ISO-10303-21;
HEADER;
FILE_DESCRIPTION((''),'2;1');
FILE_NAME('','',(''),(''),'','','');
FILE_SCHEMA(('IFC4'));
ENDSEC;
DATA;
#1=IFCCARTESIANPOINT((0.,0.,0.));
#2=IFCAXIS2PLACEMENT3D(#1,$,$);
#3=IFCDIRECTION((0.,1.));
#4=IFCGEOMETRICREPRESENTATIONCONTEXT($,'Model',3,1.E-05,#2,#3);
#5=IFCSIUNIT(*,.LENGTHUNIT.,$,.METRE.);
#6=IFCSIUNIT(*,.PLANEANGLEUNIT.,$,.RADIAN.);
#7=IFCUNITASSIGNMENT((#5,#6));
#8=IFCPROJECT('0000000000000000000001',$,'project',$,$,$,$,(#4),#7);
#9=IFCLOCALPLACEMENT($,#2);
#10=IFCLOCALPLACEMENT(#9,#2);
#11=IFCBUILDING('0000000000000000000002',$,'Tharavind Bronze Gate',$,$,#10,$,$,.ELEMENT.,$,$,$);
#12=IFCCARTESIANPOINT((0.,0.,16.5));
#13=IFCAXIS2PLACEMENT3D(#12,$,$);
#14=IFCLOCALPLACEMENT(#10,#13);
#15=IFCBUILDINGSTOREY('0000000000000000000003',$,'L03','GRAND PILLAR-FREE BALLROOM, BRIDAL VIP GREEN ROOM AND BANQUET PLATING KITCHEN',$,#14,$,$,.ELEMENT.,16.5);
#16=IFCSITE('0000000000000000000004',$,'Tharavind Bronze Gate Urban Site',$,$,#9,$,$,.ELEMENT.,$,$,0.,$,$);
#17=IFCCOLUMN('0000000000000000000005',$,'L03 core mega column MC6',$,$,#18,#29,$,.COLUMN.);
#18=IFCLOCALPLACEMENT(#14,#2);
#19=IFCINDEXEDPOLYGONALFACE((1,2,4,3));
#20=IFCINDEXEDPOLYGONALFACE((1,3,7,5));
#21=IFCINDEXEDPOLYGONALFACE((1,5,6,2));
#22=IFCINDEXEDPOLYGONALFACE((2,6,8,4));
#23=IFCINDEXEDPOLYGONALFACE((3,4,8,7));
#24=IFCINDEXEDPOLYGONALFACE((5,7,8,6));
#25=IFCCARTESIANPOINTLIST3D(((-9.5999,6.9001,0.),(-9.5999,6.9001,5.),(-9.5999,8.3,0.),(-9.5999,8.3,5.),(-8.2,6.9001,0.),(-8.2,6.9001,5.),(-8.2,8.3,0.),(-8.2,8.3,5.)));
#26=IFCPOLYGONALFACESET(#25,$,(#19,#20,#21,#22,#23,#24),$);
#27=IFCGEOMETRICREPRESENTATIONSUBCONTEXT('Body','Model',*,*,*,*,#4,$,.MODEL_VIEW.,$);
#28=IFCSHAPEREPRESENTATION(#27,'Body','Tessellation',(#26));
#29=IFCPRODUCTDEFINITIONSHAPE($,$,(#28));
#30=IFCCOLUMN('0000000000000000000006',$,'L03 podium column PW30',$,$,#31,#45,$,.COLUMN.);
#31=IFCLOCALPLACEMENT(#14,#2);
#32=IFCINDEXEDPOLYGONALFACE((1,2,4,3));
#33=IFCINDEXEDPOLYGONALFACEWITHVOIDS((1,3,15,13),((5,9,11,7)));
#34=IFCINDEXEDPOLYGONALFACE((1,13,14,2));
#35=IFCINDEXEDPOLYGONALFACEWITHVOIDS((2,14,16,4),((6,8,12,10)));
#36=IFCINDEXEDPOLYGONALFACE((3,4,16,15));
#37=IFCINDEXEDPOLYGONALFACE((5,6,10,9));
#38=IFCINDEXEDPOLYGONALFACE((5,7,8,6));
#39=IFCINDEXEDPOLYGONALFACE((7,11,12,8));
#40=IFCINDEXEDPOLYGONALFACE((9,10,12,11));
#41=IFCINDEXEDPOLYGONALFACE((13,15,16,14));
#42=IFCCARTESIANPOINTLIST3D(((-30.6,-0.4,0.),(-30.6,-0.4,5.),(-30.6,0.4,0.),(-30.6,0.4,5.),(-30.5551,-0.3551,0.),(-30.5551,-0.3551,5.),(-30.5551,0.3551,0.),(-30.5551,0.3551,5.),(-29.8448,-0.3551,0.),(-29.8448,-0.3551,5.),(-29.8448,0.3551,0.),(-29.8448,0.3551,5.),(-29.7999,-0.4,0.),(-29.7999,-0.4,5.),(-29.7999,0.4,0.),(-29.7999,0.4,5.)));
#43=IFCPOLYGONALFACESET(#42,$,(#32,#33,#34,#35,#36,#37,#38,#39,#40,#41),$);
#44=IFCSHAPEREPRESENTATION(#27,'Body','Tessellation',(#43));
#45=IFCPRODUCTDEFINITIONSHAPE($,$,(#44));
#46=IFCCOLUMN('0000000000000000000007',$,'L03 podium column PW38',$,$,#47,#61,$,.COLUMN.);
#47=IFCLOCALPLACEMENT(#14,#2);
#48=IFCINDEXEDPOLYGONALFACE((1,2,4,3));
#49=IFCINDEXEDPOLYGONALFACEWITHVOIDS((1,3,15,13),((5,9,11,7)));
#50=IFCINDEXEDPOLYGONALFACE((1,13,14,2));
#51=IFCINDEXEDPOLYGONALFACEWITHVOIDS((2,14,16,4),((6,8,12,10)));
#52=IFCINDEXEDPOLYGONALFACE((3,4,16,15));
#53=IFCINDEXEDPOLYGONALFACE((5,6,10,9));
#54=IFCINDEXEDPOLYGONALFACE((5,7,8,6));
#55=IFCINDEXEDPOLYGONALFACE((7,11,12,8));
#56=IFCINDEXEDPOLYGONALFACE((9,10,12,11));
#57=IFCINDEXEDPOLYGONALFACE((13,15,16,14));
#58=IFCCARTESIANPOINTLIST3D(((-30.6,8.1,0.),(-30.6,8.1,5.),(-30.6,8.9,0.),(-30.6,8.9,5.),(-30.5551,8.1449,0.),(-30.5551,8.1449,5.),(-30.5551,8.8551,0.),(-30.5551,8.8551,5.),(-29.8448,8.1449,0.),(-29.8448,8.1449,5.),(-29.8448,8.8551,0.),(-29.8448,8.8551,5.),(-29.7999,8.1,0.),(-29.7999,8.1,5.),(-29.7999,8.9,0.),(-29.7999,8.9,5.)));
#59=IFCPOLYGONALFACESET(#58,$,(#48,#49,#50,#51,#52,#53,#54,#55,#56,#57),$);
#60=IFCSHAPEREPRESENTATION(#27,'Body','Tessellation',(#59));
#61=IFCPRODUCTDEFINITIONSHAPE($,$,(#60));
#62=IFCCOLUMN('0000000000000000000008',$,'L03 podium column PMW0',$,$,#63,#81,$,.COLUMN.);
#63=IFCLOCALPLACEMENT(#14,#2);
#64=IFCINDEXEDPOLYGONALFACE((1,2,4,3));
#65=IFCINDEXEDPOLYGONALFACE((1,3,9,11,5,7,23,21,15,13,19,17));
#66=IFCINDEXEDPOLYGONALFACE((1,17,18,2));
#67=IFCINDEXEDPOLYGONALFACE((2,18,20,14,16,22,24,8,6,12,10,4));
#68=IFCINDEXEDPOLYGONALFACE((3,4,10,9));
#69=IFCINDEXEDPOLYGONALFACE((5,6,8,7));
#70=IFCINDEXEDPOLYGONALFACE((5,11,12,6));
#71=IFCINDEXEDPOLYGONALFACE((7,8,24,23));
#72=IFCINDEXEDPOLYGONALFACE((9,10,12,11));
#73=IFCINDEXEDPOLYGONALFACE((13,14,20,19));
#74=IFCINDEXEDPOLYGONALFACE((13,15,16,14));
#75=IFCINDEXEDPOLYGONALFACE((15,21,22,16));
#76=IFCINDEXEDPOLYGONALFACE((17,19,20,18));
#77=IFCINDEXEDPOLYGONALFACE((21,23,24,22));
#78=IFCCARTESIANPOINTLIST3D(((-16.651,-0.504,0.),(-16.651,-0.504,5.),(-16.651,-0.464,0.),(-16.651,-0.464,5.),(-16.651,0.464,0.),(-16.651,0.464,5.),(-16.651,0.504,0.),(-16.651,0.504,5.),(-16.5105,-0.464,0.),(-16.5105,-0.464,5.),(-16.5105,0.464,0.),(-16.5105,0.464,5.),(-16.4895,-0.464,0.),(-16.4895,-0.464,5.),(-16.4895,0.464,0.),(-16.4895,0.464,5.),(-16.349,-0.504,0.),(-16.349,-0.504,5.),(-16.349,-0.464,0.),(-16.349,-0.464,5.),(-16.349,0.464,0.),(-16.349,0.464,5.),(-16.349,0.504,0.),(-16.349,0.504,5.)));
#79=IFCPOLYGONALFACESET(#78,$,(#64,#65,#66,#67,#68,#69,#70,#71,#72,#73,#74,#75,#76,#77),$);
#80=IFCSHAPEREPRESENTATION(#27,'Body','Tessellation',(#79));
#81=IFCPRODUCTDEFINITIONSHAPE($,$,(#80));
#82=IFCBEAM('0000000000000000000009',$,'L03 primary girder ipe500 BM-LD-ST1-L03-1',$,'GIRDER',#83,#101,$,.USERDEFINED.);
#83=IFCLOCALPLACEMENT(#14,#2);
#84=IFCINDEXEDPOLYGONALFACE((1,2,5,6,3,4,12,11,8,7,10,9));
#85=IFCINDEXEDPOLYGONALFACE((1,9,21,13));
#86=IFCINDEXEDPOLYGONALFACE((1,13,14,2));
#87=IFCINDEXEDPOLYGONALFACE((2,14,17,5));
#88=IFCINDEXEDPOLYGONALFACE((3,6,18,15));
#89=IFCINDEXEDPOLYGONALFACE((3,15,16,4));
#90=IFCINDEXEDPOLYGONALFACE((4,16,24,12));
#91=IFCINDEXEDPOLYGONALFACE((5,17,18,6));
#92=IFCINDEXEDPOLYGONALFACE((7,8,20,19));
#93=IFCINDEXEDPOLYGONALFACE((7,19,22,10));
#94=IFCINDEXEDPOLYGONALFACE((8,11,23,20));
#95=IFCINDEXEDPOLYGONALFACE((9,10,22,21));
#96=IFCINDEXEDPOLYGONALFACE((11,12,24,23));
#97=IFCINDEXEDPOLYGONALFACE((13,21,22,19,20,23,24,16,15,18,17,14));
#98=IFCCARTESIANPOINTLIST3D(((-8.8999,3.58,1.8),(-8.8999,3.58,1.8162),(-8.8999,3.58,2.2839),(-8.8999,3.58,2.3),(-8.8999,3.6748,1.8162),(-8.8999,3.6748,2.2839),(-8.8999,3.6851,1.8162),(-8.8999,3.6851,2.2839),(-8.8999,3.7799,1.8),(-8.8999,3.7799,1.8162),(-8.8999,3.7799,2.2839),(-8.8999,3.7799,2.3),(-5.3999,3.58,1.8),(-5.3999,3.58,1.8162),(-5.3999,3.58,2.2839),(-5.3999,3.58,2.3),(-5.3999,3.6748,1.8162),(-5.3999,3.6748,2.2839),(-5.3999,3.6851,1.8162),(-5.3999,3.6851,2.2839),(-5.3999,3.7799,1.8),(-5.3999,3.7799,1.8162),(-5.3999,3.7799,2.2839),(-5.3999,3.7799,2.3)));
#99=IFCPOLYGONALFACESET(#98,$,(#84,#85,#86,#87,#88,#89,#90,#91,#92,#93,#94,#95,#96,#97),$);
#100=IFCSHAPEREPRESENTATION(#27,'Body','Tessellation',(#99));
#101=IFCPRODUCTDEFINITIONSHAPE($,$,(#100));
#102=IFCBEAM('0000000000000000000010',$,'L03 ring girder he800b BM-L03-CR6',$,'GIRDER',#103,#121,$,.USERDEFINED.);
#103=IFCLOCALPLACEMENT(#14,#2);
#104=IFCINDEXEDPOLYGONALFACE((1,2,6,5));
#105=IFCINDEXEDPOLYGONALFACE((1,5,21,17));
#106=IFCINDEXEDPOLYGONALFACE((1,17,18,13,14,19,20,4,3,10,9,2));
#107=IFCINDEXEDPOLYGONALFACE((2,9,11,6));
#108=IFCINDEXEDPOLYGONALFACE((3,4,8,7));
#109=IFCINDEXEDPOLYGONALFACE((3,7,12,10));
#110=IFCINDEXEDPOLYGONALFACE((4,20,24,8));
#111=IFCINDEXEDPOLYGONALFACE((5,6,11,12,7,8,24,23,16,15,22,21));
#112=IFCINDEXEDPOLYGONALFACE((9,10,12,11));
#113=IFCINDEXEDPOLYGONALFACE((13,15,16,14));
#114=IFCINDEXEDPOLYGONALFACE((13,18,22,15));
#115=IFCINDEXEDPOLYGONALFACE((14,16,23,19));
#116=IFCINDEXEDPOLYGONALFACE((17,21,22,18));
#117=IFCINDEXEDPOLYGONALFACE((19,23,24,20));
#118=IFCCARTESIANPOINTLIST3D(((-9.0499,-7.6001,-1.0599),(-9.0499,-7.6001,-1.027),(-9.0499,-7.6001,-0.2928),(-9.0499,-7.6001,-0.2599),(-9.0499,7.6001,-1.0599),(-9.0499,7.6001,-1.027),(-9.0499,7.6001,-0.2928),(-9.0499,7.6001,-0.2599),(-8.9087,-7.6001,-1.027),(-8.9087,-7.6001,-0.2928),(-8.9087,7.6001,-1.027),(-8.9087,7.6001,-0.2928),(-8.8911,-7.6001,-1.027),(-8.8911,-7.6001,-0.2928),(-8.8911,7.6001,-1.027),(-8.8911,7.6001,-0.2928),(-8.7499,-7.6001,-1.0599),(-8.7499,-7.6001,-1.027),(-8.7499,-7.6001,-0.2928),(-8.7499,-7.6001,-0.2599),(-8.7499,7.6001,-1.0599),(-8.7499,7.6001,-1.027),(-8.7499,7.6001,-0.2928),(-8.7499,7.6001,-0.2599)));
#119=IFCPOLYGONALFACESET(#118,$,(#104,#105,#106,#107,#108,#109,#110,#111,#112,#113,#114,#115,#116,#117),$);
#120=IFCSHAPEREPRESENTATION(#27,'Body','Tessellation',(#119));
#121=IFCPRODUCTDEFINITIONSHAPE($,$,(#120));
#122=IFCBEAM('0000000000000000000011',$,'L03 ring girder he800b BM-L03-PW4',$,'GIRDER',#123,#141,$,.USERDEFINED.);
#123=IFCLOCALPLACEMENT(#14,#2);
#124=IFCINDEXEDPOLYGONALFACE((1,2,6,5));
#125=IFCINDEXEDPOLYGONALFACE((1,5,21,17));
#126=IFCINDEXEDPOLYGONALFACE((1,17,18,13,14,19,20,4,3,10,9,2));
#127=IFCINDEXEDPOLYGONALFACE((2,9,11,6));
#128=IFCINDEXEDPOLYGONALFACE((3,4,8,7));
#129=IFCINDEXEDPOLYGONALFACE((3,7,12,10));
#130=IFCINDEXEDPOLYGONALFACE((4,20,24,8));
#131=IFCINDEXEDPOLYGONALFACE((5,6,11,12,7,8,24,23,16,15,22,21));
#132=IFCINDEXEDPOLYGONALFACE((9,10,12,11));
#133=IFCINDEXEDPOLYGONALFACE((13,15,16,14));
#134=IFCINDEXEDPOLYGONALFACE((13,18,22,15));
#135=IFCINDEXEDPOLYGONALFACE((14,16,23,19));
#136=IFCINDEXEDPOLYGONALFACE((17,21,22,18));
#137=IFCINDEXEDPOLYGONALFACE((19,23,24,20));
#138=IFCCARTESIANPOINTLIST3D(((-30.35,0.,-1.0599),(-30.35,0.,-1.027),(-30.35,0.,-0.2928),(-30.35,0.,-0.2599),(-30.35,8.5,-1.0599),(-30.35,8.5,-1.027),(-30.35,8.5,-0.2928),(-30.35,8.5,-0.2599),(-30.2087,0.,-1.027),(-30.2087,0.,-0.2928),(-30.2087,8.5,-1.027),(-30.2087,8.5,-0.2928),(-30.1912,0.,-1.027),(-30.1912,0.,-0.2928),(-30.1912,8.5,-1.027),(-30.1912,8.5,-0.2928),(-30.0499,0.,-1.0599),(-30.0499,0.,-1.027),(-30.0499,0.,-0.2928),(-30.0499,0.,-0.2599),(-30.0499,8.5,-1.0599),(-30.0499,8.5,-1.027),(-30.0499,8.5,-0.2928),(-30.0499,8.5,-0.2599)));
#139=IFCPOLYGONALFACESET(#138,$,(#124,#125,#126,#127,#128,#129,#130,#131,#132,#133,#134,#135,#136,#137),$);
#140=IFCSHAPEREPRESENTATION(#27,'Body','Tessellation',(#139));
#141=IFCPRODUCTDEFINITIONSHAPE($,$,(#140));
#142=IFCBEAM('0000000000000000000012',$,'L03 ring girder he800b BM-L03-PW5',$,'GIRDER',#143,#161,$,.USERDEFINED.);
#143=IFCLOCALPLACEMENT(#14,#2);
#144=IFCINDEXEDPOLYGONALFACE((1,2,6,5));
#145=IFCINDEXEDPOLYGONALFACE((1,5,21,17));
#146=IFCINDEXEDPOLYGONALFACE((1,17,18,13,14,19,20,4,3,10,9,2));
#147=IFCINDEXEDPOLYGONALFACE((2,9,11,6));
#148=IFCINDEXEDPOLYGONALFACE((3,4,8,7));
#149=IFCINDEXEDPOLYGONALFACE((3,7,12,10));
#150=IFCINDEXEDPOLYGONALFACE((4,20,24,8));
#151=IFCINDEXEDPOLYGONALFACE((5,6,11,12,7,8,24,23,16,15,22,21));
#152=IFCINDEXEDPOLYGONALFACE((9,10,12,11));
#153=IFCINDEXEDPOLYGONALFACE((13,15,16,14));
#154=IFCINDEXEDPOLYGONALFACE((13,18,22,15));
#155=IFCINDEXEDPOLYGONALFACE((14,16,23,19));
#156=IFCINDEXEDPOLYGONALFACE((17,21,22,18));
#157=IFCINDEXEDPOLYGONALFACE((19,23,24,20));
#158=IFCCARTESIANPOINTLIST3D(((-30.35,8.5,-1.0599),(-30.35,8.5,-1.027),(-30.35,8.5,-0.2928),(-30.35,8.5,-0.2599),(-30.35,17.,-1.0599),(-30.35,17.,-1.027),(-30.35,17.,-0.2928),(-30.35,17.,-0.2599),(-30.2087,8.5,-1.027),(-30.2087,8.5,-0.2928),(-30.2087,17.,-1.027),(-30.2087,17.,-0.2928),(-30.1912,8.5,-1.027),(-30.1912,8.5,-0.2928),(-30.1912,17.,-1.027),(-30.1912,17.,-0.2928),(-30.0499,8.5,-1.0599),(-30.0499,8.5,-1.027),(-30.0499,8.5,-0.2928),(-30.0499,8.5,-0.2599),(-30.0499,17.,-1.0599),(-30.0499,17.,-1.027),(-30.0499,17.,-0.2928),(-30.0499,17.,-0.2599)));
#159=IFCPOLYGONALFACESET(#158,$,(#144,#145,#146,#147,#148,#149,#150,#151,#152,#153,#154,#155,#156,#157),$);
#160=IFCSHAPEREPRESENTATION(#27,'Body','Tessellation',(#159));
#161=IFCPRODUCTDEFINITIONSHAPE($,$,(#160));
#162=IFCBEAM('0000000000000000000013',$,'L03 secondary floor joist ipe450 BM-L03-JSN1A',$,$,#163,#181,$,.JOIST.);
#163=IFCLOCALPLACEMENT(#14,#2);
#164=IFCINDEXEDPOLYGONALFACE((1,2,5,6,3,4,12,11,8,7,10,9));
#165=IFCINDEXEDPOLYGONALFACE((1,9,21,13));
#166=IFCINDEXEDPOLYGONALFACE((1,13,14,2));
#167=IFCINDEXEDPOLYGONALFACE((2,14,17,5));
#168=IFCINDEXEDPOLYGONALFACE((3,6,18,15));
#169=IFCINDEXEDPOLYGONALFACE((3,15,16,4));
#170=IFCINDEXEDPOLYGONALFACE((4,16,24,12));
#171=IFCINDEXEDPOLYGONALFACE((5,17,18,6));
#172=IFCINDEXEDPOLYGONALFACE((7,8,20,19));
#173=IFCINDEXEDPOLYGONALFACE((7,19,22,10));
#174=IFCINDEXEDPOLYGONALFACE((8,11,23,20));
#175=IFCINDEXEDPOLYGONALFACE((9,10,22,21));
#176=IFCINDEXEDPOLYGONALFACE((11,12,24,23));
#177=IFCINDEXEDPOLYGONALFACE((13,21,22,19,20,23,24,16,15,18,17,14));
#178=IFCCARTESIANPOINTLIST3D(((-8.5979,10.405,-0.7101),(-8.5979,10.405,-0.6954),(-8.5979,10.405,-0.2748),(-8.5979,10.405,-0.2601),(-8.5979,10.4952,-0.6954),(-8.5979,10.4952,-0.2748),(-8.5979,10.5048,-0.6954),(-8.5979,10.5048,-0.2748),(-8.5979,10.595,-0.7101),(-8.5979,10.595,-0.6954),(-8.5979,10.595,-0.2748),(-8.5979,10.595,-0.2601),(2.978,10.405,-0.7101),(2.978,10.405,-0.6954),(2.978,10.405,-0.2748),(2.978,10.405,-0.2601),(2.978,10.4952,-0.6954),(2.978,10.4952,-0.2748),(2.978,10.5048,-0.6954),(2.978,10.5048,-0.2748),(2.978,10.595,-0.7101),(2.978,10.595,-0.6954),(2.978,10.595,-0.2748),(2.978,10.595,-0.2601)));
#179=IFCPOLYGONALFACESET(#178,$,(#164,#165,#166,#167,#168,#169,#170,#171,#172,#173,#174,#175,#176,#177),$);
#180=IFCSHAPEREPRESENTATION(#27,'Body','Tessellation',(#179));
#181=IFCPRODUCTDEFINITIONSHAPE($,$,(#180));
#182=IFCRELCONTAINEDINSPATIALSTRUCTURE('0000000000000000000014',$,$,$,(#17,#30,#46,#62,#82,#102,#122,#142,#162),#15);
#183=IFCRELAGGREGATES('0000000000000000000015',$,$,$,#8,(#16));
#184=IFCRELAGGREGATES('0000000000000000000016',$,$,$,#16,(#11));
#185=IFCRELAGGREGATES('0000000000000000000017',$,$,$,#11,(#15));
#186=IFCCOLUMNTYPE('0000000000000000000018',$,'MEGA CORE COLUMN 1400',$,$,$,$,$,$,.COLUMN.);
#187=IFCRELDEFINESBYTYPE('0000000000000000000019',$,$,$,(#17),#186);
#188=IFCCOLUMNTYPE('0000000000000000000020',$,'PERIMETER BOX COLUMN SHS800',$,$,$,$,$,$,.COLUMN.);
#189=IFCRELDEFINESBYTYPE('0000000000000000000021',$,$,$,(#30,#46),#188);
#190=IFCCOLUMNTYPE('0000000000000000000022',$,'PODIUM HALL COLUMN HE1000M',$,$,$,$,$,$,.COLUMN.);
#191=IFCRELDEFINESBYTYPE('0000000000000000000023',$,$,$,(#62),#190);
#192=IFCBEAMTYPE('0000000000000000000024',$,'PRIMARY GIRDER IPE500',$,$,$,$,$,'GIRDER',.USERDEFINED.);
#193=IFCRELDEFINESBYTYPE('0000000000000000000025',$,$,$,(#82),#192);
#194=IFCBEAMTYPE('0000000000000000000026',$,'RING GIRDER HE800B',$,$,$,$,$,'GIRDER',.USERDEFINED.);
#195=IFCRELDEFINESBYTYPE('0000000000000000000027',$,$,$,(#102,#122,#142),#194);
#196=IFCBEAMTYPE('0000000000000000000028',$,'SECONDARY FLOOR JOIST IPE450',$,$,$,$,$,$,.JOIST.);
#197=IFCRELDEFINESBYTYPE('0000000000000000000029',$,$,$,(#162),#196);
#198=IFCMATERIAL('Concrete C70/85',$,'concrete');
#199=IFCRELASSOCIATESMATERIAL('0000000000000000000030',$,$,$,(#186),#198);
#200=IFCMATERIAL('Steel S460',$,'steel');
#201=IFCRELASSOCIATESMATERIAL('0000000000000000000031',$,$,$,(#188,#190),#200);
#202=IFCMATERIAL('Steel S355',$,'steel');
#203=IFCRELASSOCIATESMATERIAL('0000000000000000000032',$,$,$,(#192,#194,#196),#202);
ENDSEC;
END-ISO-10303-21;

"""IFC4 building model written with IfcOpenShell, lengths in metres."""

from ifc_helpers import new_model, si_unit, direction, frame, origin, origin_2d, place, context, subcontext, project, spatial, rectangle, hollow_rectangle, i_section, extrude, material, material_profile, profile_set, type_object, element, save


model = new_model("IFC4")

# Units and contexts
model_context = context("Model", 3, precision=1e-05, world=origin(), true_north=direction((0.0, 1.0)))
body_context = subcontext(model_context, "Body", "Model", "MODEL_VIEW")
ifc_project = project(units=[si_unit("LENGTHUNIT", "METRE"), si_unit("PLANEANGLEUNIT", "RADIAN")], contexts=[model_context])

# Site, building, storey
site_placement = place(None, origin())
site = spatial("IfcSite", under=ifc_project, at=site_placement, Name="Tharavind Bronze Gate Urban Site", CompositionType="ELEMENT", RefElevation=0.0)
building_placement = place(site_placement, origin())
building = spatial("IfcBuilding", under=site, at=building_placement, Name="Tharavind Bronze Gate", CompositionType="ELEMENT")
storey_placement = place(building_placement, frame((0.0, 0.0, 16.5)))
storey = spatial("IfcBuildingStorey", under=building, at=storey_placement, Name="L03", Description="GRAND PILLAR-FREE BALLROOM, BRIDAL VIP GREEN ROOM AND BANQUET PLATING KITCHEN", CompositionType="ELEMENT", Elevation=16.5)

# Columns
ifc_material_1 = material(Name="Concrete C70/85", Category="concrete")
ifc_material_profile_1 = material_profile(ifc_material_1, rectangle(XDim=1.3999, YDim=1.3999, at=origin_2d()), Name="RCCOL1400")
ifc_profile_set_1 = profile_set([ifc_material_profile_1], Name="Concrete C70/85")
column_type_1 = type_object("IfcColumnType", Name="MEGA CORE COLUMN 1400", PredefinedType="COLUMN", material=ifc_profile_set_1)
column_1_placement = place(storey_placement, frame((-8.8999, 7.6001, 0.0), z_axis=(0.0, 0.0, 1.0), x_axis=(1.0, 0.0, 0.0)))
element("IfcColumn", 1, at=column_1_placement, inside=storey, type_object=column_type_1, Name="L03 core mega column MC6", PredefinedType="COLUMN", context=body_context, shape_type="SweptSolid", body=[
    extrude(rectangle(XDim=1.3999, YDim=1.3999, at=origin_2d()), origin(), (0.0, 0.0, 1.0), 5.0),
])
ifc_material_2 = material(Name="Steel S460", Category="steel")
ifc_material_profile_2 = material_profile(ifc_material_2, hollow_rectangle(XDim=0.8, YDim=0.8, WallThickness=0.0449, at=origin_2d()), Name="SHS800X45")
ifc_profile_set_2 = profile_set([ifc_material_profile_2], Name="Steel S460")
column_type_2 = type_object("IfcColumnType", Name="PERIMETER BOX COLUMN SHS800", PredefinedType="COLUMN", material=ifc_profile_set_2)
for number, where, z_axis, x_axis, name in (
    (2, (-30.2, 0.0, 0.0), (0.0, 0.0, 1.0), (1.0, 0.0, 0.0), "L03 podium column PW30"),
    (3, (-30.2, 8.5, 0.0), (0.0, 0.0, 1.0), (1.0, 0.0, 0.0), "L03 podium column PW38"),
):
    element("IfcColumn", number, at=place(storey_placement, frame(where, z_axis=z_axis, x_axis=x_axis)), inside=storey, type_object=column_type_2, Name=name, PredefinedType="COLUMN", context=body_context, shape_type="SweptSolid", body=[
        extrude(hollow_rectangle(XDim=0.8, YDim=0.8, WallThickness=0.0449, at=origin_2d()), origin(), (0.0, 0.0, 1.0), 5.0),
    ])
ifc_material_profile_3 = material_profile(ifc_material_2, i_section(OverallWidth=0.302, OverallDepth=1.0081, WebThickness=0.021, FlangeThickness=0.04, at=origin_2d()), Name="HE1000M")
ifc_profile_set_3 = profile_set([ifc_material_profile_3], Name="Steel S460")
column_type_3 = type_object("IfcColumnType", Name="PODIUM HALL COLUMN HE1000M", PredefinedType="COLUMN", material=ifc_profile_set_3)
column_2_placement = place(storey_placement, frame((-16.5, 0.0, 0.0), z_axis=(0.0, 0.0, 1.0), x_axis=(1.0, 0.0, 0.0)))
element("IfcColumn", 4, at=column_2_placement, inside=storey, type_object=column_type_3, Name="L03 podium column PMW0", PredefinedType="COLUMN", context=body_context, shape_type="SweptSolid", body=[
    extrude(i_section(OverallWidth=0.302, OverallDepth=1.0081, WebThickness=0.021, FlangeThickness=0.04, at=origin_2d()), origin(), (0.0, 0.0, 1.0), 5.0),
])

# Beams
ifc_material_3 = material(Name="Steel S355", Category="steel")
ifc_material_profile_4 = material_profile(ifc_material_3, i_section(OverallWidth=0.2, OverallDepth=0.5, WebThickness=0.0103, FlangeThickness=0.0161, at=origin_2d()), Name="IPE500")
ifc_profile_set_4 = profile_set([ifc_material_profile_4], Name="Steel S355")
beam_type_1 = type_object("IfcBeamType", Name="PRIMARY GIRDER IPE500", ElementType="GIRDER", PredefinedType="USERDEFINED", material=ifc_profile_set_4)
beam_1_placement = place(storey_placement, frame((-8.8999, 3.6799, 2.05), z_axis=(1.0, 0.0, 0.0), x_axis=(0.0, 1.0, 0.0)))
element("IfcBeam", 5, at=beam_1_placement, inside=storey, type_object=beam_type_1, Name="L03 primary girder ipe500 BM-LD-ST1-L03-1", ObjectType="GIRDER", PredefinedType="USERDEFINED", context=body_context, shape_type="SweptSolid", body=[
    extrude(i_section(OverallWidth=0.2, OverallDepth=0.5, WebThickness=0.0103, FlangeThickness=0.0161, at=origin_2d()), origin(), (0.0, 0.0, 1.0), 3.5),
])
ifc_material_profile_5 = material_profile(ifc_material_3, i_section(OverallWidth=0.3, OverallDepth=0.8, WebThickness=0.0176, FlangeThickness=0.033, at=origin_2d()), Name="HE800B")
ifc_profile_set_5 = profile_set([ifc_material_profile_5], Name="Steel S355")
beam_type_2 = type_object("IfcBeamType", Name="RING GIRDER HE800B", ElementType="GIRDER", PredefinedType="USERDEFINED", material=ifc_profile_set_5)
beam_2_placement = place(storey_placement, frame((-8.8999, 7.6001, -0.6599), z_axis=(0.0, -1.0, 0.0), x_axis=(1.0, 0.0, 0.0)))
element("IfcBeam", 6, at=beam_2_placement, inside=storey, type_object=beam_type_2, Name="L03 ring girder he800b BM-L03-CR6", ObjectType="GIRDER", PredefinedType="USERDEFINED", context=body_context, shape_type="SweptSolid", body=[
    extrude(i_section(OverallWidth=0.3, OverallDepth=0.8, WebThickness=0.0176, FlangeThickness=0.033, at=origin_2d()), origin(), (0.0, 0.0, 1.0), 15.2002),
])
for number, where, z_axis, x_axis, name in (
    (7, (-30.2, 0.0, -0.6599), (0.0, 1.0, 0.0), (-1.0, 0.0, 0.0), "L03 ring girder he800b BM-L03-PW4"),
    (8, (-30.2, 8.5, -0.6599), (0.0, 1.0, 0.0), (-1.0, 0.0, 0.0), "L03 ring girder he800b BM-L03-PW5"),
):
    element("IfcBeam", number, at=place(storey_placement, frame(where, z_axis=z_axis, x_axis=x_axis)), inside=storey, type_object=beam_type_2, Name=name, ObjectType="GIRDER", PredefinedType="USERDEFINED", context=body_context, shape_type="SweptSolid", body=[
        extrude(i_section(OverallWidth=0.3, OverallDepth=0.8, WebThickness=0.0176, FlangeThickness=0.033, at=origin_2d()), origin(), (0.0, 0.0, 1.0), 8.5),
    ])
ifc_material_profile_6 = material_profile(ifc_material_3, i_section(OverallWidth=0.1899, OverallDepth=0.45, WebThickness=0.0095, FlangeThickness=0.0146, at=origin_2d()), Name="IPE450")
ifc_profile_set_6 = profile_set([ifc_material_profile_6], Name="Steel S355")
beam_type_3 = type_object("IfcBeamType", Name="SECONDARY FLOOR JOIST IPE450", PredefinedType="JOIST", material=ifc_profile_set_6)
beam_3_placement = place(storey_placement, frame((-8.5979, 10.5, -0.4851), z_axis=(1.0, 0.0, 0.0), x_axis=(0.0, 1.0, 0.0)))
element("IfcBeam", 9, at=beam_3_placement, inside=storey, type_object=beam_type_3, Name="L03 secondary floor joist ipe450 BM-L03-JSN1A", PredefinedType="JOIST", context=body_context, shape_type="SweptSolid", body=[
    extrude(i_section(OverallWidth=0.1899, OverallDepth=0.45, WebThickness=0.0095, FlangeThickness=0.0146, at=origin_2d()), origin(), (0.0, 0.0, 1.0), 11.5759),
])

save(model, "model.ifc")
